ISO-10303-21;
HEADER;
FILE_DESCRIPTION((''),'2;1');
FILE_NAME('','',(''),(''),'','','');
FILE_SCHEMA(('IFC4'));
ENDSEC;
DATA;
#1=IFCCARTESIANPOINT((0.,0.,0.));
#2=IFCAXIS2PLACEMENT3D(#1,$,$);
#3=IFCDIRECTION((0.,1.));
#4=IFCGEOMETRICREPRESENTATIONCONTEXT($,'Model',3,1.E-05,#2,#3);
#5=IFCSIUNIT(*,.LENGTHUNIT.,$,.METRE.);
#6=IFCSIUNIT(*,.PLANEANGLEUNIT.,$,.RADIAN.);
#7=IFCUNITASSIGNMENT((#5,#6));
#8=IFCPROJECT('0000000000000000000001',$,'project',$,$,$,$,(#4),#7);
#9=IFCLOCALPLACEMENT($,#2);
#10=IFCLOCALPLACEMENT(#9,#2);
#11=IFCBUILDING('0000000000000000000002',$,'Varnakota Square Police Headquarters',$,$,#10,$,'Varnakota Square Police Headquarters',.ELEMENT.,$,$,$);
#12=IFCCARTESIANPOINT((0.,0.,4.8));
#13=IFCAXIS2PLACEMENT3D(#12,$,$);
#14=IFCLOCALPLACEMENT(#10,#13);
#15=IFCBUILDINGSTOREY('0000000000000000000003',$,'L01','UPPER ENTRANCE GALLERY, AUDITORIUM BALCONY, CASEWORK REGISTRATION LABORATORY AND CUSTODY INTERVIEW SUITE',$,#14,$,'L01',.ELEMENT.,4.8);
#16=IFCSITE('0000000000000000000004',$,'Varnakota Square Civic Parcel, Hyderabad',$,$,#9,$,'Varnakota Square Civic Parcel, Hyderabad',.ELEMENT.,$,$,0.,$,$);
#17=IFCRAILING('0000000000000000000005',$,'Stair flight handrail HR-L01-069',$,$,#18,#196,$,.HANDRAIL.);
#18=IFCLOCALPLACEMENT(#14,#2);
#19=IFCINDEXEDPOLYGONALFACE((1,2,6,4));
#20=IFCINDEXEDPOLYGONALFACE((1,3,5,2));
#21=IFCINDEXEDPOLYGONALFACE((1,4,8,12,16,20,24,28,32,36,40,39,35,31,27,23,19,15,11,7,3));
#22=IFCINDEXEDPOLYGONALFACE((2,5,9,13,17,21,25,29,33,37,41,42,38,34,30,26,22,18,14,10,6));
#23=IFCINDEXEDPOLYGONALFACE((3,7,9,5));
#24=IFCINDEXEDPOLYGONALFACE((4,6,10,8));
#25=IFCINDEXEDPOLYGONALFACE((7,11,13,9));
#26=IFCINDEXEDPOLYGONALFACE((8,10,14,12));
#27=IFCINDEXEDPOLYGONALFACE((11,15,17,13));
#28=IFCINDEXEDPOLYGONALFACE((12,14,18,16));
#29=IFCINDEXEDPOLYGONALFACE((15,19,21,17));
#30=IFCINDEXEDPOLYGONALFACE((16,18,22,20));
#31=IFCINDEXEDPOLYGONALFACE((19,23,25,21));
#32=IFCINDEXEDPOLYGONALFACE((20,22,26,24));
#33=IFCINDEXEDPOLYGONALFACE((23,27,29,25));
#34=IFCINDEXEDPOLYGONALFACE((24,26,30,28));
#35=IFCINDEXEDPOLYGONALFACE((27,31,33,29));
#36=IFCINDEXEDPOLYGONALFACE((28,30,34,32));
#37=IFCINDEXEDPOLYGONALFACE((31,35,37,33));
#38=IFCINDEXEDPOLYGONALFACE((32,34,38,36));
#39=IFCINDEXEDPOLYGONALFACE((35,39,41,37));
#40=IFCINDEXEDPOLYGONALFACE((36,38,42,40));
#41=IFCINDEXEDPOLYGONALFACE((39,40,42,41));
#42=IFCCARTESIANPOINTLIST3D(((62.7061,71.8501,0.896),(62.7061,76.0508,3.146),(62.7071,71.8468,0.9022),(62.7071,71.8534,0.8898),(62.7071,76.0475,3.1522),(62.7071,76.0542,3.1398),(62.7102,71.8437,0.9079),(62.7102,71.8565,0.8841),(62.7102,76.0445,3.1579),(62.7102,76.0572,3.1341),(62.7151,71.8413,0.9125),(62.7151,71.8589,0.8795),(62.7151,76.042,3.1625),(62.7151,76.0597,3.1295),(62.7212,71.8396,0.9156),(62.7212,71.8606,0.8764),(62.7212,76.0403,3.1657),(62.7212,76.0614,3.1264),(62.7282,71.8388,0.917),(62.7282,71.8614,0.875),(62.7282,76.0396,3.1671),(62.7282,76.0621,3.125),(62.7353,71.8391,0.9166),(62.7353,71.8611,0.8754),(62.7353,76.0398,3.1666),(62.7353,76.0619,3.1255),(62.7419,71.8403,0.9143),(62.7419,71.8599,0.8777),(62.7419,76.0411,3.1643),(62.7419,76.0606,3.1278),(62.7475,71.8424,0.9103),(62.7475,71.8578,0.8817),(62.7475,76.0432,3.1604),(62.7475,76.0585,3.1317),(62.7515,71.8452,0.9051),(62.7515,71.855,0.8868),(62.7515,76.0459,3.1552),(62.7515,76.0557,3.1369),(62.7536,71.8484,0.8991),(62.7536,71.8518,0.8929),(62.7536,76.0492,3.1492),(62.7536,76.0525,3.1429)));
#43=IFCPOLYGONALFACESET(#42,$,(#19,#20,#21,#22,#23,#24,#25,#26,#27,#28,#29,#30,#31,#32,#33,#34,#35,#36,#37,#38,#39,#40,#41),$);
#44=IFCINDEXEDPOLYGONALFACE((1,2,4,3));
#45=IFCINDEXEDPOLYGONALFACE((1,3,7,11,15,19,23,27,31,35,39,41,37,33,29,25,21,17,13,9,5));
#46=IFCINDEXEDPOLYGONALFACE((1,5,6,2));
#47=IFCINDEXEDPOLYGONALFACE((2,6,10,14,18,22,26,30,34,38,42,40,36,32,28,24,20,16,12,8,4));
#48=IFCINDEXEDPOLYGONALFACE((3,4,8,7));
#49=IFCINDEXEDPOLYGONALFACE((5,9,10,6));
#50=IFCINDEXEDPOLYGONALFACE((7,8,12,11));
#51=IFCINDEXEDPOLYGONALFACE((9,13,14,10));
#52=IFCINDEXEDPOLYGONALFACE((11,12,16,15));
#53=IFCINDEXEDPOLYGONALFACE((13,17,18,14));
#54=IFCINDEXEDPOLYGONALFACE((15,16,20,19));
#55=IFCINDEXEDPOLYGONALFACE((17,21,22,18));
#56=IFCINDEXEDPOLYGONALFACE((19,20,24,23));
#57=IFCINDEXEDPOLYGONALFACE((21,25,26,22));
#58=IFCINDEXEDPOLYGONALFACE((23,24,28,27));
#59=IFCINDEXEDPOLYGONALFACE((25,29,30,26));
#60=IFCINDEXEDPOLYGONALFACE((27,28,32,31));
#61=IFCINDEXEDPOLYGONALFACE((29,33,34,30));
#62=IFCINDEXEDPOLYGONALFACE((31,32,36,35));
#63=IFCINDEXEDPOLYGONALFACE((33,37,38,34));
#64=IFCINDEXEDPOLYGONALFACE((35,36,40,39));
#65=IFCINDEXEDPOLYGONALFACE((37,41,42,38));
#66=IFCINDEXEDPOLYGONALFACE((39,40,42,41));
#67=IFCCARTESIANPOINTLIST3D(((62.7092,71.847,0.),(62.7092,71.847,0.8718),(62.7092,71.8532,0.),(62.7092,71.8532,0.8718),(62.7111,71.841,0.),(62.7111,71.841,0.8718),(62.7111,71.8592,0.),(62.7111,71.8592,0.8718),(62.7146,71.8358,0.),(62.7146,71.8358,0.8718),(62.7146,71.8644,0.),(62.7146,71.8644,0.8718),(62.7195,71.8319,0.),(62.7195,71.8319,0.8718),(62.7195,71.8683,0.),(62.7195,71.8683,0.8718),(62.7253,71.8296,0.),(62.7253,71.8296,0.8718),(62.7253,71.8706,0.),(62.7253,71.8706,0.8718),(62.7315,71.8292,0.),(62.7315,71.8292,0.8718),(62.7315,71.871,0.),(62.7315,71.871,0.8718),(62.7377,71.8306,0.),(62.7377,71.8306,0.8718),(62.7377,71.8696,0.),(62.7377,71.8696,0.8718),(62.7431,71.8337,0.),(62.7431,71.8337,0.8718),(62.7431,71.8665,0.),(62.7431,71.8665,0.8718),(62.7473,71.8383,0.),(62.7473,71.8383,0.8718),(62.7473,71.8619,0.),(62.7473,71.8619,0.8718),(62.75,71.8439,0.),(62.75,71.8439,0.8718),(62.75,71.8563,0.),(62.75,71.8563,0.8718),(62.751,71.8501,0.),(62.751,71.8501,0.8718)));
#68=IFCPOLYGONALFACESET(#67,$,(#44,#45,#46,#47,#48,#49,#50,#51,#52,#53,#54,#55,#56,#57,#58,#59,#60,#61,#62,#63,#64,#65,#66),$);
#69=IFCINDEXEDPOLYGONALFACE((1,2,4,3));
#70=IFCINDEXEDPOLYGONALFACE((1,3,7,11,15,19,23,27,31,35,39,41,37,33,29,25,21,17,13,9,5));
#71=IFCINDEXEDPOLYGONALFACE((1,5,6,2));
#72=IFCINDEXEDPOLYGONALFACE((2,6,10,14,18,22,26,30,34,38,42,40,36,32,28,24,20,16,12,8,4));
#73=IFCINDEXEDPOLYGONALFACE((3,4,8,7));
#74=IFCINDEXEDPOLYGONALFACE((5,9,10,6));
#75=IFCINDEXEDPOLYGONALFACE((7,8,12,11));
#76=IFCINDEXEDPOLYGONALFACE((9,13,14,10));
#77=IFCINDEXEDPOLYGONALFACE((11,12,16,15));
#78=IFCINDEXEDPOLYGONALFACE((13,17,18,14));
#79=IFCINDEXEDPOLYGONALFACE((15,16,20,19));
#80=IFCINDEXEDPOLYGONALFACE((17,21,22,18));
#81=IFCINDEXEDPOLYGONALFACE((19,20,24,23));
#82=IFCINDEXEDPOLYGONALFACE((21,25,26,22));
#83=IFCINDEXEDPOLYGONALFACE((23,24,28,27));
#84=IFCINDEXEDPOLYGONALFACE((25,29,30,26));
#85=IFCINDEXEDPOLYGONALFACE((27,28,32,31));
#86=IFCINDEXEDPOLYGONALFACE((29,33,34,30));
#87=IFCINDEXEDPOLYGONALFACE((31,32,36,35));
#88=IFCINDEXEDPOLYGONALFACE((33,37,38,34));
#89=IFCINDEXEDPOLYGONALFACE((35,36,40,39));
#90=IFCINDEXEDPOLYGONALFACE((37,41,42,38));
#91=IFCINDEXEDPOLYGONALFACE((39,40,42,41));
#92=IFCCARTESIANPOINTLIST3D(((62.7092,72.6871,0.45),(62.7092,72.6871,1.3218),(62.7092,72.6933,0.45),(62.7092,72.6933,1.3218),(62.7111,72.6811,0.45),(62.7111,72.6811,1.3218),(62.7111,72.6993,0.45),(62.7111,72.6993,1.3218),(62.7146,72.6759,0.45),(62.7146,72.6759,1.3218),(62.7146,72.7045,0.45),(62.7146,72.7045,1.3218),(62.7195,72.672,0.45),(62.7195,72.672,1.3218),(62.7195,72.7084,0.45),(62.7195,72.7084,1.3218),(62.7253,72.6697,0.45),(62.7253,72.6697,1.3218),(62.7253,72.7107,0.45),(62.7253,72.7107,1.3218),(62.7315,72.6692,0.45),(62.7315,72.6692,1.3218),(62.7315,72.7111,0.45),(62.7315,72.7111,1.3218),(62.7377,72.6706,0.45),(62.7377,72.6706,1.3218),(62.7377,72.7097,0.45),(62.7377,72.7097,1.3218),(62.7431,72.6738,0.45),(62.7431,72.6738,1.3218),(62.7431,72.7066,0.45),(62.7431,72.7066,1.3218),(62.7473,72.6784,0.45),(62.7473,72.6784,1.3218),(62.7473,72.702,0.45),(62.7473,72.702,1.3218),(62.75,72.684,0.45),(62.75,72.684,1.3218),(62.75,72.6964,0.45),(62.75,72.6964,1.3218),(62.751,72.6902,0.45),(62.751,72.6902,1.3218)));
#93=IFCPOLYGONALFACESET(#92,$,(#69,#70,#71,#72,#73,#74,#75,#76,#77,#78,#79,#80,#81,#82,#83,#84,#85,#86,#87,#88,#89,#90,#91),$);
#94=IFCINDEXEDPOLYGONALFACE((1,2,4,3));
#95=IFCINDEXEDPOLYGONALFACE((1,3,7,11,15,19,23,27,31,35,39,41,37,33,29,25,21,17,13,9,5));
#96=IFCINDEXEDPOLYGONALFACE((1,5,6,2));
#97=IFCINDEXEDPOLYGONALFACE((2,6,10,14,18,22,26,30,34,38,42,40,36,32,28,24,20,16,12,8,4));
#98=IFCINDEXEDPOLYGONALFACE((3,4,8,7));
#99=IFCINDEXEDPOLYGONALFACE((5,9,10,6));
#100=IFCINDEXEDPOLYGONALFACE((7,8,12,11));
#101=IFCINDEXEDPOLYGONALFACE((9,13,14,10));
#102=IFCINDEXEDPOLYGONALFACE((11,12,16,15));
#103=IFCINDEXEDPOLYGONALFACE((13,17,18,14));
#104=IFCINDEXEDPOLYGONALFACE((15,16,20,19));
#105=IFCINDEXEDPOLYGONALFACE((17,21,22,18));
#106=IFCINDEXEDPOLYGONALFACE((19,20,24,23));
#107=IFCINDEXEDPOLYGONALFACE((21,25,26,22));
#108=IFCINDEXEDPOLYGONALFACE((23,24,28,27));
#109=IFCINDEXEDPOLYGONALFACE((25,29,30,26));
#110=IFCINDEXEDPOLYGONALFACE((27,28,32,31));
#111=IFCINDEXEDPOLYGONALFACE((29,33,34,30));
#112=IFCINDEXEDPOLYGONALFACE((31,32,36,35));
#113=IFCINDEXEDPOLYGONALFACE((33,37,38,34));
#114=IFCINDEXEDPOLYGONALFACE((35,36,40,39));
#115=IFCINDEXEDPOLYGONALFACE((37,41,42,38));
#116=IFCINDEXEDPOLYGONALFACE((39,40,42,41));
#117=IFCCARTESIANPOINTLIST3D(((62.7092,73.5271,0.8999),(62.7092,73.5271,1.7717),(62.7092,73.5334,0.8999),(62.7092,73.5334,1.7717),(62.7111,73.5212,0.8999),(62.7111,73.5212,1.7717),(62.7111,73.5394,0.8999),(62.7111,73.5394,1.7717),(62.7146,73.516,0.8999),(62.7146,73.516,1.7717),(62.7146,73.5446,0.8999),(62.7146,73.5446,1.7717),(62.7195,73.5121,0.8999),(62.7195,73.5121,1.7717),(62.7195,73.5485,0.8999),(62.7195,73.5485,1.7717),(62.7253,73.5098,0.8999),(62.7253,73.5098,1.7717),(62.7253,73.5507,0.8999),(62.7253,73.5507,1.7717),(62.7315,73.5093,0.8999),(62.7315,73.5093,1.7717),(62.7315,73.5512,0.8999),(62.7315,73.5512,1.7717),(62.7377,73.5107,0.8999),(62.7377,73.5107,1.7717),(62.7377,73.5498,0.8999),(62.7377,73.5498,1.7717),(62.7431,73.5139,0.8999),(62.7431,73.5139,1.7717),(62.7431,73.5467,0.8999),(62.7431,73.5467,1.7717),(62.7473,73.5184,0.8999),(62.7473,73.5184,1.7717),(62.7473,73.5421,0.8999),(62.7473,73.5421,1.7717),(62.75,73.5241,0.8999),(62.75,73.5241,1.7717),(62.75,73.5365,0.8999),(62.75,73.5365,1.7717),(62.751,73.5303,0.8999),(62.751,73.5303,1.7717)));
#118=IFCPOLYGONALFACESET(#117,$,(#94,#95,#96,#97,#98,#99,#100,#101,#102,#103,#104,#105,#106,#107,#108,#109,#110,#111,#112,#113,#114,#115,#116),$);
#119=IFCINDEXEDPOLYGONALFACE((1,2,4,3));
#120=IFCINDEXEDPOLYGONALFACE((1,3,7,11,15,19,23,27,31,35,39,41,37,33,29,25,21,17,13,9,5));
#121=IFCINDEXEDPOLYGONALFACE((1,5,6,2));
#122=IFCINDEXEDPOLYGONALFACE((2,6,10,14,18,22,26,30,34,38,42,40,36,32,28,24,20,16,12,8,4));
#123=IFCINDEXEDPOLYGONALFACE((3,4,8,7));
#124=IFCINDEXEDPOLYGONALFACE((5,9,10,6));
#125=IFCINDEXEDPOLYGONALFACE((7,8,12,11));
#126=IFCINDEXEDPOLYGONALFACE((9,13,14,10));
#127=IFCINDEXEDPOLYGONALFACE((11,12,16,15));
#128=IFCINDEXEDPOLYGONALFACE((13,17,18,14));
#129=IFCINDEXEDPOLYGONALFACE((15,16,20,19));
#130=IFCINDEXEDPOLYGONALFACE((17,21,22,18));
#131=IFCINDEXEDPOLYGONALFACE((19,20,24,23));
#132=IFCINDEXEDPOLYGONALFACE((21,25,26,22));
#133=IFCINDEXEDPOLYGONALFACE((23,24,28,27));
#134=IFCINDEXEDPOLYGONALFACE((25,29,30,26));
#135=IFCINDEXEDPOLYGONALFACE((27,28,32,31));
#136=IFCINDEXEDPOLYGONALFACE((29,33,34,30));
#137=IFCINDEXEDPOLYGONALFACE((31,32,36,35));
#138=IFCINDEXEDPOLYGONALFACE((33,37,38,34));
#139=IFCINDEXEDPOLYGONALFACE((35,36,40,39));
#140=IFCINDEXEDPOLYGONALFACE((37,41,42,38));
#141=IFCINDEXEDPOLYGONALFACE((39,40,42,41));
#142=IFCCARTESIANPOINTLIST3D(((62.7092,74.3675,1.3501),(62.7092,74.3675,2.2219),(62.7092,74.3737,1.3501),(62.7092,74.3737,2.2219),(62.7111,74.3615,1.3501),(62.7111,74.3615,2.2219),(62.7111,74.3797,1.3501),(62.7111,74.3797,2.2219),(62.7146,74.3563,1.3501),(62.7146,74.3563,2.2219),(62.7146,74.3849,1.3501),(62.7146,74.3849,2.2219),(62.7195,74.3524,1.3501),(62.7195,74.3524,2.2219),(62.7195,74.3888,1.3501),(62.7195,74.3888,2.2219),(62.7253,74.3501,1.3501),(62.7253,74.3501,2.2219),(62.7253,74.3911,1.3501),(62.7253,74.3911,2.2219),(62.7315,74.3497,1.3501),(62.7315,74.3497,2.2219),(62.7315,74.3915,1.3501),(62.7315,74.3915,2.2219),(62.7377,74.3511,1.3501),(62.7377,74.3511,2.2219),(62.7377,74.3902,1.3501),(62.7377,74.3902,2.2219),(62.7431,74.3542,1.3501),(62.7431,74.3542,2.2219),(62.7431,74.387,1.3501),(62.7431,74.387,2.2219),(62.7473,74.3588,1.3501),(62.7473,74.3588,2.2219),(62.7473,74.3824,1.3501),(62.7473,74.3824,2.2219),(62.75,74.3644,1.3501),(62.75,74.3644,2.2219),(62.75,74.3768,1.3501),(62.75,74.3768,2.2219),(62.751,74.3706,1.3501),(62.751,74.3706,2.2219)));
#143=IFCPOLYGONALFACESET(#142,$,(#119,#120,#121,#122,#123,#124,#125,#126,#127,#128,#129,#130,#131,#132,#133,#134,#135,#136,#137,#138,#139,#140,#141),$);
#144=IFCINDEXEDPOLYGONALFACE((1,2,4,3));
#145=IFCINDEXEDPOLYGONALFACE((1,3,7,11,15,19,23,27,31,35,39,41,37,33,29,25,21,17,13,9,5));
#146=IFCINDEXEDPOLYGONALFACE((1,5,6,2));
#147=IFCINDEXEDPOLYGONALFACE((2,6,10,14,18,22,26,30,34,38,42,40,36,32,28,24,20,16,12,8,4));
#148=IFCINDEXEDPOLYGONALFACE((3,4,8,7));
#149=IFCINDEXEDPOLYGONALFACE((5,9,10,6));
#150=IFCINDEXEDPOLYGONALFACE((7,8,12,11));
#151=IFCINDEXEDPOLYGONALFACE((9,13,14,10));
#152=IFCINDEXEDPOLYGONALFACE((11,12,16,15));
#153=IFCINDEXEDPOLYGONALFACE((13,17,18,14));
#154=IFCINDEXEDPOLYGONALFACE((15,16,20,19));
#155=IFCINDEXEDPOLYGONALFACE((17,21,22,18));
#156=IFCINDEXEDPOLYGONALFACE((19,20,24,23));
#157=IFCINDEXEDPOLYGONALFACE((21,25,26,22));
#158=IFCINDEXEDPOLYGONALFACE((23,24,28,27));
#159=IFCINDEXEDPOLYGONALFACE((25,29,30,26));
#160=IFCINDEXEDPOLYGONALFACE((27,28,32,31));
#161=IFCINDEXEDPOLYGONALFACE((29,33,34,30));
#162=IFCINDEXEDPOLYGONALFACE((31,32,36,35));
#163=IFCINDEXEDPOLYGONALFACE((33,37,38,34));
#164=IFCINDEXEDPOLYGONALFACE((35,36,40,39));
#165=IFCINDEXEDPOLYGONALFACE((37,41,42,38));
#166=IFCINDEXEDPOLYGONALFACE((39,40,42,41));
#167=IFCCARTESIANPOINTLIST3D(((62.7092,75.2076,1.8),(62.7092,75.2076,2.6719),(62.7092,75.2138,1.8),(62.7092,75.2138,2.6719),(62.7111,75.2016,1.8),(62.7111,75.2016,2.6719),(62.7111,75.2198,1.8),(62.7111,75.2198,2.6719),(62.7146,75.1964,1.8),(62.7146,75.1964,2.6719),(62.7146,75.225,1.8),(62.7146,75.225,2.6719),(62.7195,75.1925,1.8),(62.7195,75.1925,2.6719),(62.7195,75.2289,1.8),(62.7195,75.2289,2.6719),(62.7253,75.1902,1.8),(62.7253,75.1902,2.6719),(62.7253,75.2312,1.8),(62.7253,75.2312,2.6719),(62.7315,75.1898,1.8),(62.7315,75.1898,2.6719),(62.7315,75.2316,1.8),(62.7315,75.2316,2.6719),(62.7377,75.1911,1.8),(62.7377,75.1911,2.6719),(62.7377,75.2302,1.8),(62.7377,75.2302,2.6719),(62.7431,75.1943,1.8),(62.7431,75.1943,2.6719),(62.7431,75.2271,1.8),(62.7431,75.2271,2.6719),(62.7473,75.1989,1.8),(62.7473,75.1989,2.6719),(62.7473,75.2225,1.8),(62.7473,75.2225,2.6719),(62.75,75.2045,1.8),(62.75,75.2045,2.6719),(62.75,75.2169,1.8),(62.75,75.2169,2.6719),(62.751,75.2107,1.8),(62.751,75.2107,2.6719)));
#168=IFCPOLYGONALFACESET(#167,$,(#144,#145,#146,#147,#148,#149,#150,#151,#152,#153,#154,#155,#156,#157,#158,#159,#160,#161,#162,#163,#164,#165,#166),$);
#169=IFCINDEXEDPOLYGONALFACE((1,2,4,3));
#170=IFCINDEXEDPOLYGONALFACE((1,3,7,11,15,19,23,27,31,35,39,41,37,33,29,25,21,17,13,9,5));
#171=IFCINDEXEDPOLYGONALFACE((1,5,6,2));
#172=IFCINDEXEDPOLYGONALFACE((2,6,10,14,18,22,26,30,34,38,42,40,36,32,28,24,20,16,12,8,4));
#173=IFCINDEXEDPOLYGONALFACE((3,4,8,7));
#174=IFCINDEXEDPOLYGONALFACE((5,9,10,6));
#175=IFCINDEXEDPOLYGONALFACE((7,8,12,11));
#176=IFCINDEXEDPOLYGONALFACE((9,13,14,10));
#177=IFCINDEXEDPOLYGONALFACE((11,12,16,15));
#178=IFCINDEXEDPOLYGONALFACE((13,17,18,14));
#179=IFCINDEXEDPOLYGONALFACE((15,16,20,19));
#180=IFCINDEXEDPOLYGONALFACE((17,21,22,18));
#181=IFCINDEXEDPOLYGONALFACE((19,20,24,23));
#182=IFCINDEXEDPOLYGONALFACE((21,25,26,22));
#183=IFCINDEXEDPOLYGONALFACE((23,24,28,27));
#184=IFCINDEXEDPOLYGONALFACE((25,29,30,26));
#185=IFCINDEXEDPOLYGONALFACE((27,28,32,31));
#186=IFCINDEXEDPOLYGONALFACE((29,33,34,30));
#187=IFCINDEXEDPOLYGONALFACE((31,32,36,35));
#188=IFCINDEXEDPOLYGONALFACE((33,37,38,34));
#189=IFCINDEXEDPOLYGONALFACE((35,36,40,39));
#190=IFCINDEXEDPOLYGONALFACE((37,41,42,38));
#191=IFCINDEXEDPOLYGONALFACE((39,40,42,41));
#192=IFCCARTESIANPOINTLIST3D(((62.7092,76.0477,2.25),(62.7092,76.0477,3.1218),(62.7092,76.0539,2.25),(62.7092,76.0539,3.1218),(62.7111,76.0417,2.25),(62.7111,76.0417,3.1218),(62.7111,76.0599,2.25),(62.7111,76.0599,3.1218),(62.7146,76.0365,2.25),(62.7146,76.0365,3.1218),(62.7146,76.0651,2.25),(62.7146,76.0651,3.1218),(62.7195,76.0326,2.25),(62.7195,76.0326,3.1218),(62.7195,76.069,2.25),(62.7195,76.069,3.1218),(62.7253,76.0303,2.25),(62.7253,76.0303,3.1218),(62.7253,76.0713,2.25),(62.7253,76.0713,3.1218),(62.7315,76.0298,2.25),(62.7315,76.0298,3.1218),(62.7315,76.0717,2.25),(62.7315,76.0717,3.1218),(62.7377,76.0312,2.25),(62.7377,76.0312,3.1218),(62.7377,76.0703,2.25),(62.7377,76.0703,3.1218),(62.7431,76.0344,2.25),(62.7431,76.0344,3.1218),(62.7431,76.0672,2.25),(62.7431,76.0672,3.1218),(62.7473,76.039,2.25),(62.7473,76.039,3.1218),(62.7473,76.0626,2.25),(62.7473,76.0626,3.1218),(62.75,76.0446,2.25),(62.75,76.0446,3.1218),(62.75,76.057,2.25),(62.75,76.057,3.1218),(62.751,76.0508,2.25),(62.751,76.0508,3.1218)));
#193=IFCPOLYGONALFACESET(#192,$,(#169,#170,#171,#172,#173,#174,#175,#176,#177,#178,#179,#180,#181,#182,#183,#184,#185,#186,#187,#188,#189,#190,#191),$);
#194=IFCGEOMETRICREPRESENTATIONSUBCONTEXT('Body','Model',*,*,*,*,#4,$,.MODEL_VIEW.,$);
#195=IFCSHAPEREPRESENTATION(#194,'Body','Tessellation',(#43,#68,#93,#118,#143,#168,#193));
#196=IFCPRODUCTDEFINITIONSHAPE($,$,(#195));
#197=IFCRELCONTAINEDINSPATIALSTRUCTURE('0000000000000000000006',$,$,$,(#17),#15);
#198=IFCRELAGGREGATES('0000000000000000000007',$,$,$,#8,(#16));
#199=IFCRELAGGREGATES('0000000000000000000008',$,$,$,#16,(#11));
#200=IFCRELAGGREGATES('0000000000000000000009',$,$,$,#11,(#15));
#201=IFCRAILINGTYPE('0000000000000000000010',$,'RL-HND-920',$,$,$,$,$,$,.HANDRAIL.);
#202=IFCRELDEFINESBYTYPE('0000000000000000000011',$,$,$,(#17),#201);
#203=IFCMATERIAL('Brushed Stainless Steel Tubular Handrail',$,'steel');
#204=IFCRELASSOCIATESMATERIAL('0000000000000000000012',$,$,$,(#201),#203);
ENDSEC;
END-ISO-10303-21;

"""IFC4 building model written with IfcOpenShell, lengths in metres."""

from ifc_helpers import new_model, si_unit, direction, frame, origin, origin_2d, place, context, subcontext, project, spatial, circle, extrude, material, type_object, element, save


model = new_model("IFC4")

# Units and contexts
model_context = context("Model", 3, precision=1e-05, world=origin(), true_north=direction((0.0, 1.0)))
body_context = subcontext(model_context, "Body", "Model", "MODEL_VIEW")
ifc_project = project(units=[si_unit("LENGTHUNIT", "METRE"), si_unit("PLANEANGLEUNIT", "RADIAN")], contexts=[model_context])

# Site, building, storey
site_placement = place(None, origin())
site = spatial("IfcSite", under=ifc_project, at=site_placement, Name="Varnakota Square Civic Parcel, Hyderabad", LongName="Varnakota Square Civic Parcel, Hyderabad", CompositionType="ELEMENT", RefElevation=0.0)
building_placement = place(site_placement, origin())
building = spatial("IfcBuilding", under=site, at=building_placement, Name="Varnakota Square Police Headquarters", LongName="Varnakota Square Police Headquarters", CompositionType="ELEMENT")
storey_placement = place(building_placement, frame((0.0, 0.0, 4.8)))
storey = spatial("IfcBuildingStorey", under=building, at=storey_placement, Name="L01", Description="UPPER ENTRANCE GALLERY, AUDITORIUM BALCONY, CASEWORK REGISTRATION LABORATORY AND CUSTODY INTERVIEW SUITE", LongName="L01", CompositionType="ELEMENT", Elevation=4.8)

# Railing
ifc_material_1 = material(Name="Brushed Stainless Steel Tubular Handrail", Category="steel")
railing_type_1 = type_object("IfcRailingType", Name="RL-HND-920", PredefinedType="HANDRAIL", material=ifc_material_1)
railing_1_placement = place(storey_placement, frame((62.73, 71.8501, 0.0)))
element("IfcRailing", 1, at=railing_1_placement, inside=storey, type_object=railing_type_1, Name="Stair flight handrail HR-L01-069", PredefinedType="HANDRAIL", context=body_context, shape_type="SweptSolid", body=[
    extrude(circle(Radius=0.0239, at=origin_2d()), frame((0.0, 0.0, 0.896), z_axis=(0.0, 0.881512, 0.472162), x_axis=(-1.0, 0.0, 0.0)), (0.0, 0.0, 1.0), 4.7654),
    extrude(circle(Radius=0.021, at=origin_2d()), origin(), (0.0, 0.0, 1.0), 0.8718),
    extrude(circle(Radius=0.021, at=origin_2d()), frame((0.0, 0.8401, 0.45)), (0.0, 0.0, 1.0), 0.8718),
    extrude(circle(Radius=0.021, at=origin_2d()), frame((0.0, 1.6802, 0.8999)), (0.0, 0.0, 1.0), 0.8718),
    extrude(circle(Radius=0.021, at=origin_2d()), frame((0.0, 2.5205, 1.3501)), (0.0, 0.0, 1.0), 0.8718),
    extrude(circle(Radius=0.021, at=origin_2d()), frame((0.0, 3.3606, 1.8)), (0.0, 0.0, 1.0), 0.8718),
    extrude(circle(Radius=0.021, at=origin_2d()), frame((0.0, 4.2007, 2.25)), (0.0, 0.0, 1.0), 0.8718),
])

save(model, "model.ifc")
